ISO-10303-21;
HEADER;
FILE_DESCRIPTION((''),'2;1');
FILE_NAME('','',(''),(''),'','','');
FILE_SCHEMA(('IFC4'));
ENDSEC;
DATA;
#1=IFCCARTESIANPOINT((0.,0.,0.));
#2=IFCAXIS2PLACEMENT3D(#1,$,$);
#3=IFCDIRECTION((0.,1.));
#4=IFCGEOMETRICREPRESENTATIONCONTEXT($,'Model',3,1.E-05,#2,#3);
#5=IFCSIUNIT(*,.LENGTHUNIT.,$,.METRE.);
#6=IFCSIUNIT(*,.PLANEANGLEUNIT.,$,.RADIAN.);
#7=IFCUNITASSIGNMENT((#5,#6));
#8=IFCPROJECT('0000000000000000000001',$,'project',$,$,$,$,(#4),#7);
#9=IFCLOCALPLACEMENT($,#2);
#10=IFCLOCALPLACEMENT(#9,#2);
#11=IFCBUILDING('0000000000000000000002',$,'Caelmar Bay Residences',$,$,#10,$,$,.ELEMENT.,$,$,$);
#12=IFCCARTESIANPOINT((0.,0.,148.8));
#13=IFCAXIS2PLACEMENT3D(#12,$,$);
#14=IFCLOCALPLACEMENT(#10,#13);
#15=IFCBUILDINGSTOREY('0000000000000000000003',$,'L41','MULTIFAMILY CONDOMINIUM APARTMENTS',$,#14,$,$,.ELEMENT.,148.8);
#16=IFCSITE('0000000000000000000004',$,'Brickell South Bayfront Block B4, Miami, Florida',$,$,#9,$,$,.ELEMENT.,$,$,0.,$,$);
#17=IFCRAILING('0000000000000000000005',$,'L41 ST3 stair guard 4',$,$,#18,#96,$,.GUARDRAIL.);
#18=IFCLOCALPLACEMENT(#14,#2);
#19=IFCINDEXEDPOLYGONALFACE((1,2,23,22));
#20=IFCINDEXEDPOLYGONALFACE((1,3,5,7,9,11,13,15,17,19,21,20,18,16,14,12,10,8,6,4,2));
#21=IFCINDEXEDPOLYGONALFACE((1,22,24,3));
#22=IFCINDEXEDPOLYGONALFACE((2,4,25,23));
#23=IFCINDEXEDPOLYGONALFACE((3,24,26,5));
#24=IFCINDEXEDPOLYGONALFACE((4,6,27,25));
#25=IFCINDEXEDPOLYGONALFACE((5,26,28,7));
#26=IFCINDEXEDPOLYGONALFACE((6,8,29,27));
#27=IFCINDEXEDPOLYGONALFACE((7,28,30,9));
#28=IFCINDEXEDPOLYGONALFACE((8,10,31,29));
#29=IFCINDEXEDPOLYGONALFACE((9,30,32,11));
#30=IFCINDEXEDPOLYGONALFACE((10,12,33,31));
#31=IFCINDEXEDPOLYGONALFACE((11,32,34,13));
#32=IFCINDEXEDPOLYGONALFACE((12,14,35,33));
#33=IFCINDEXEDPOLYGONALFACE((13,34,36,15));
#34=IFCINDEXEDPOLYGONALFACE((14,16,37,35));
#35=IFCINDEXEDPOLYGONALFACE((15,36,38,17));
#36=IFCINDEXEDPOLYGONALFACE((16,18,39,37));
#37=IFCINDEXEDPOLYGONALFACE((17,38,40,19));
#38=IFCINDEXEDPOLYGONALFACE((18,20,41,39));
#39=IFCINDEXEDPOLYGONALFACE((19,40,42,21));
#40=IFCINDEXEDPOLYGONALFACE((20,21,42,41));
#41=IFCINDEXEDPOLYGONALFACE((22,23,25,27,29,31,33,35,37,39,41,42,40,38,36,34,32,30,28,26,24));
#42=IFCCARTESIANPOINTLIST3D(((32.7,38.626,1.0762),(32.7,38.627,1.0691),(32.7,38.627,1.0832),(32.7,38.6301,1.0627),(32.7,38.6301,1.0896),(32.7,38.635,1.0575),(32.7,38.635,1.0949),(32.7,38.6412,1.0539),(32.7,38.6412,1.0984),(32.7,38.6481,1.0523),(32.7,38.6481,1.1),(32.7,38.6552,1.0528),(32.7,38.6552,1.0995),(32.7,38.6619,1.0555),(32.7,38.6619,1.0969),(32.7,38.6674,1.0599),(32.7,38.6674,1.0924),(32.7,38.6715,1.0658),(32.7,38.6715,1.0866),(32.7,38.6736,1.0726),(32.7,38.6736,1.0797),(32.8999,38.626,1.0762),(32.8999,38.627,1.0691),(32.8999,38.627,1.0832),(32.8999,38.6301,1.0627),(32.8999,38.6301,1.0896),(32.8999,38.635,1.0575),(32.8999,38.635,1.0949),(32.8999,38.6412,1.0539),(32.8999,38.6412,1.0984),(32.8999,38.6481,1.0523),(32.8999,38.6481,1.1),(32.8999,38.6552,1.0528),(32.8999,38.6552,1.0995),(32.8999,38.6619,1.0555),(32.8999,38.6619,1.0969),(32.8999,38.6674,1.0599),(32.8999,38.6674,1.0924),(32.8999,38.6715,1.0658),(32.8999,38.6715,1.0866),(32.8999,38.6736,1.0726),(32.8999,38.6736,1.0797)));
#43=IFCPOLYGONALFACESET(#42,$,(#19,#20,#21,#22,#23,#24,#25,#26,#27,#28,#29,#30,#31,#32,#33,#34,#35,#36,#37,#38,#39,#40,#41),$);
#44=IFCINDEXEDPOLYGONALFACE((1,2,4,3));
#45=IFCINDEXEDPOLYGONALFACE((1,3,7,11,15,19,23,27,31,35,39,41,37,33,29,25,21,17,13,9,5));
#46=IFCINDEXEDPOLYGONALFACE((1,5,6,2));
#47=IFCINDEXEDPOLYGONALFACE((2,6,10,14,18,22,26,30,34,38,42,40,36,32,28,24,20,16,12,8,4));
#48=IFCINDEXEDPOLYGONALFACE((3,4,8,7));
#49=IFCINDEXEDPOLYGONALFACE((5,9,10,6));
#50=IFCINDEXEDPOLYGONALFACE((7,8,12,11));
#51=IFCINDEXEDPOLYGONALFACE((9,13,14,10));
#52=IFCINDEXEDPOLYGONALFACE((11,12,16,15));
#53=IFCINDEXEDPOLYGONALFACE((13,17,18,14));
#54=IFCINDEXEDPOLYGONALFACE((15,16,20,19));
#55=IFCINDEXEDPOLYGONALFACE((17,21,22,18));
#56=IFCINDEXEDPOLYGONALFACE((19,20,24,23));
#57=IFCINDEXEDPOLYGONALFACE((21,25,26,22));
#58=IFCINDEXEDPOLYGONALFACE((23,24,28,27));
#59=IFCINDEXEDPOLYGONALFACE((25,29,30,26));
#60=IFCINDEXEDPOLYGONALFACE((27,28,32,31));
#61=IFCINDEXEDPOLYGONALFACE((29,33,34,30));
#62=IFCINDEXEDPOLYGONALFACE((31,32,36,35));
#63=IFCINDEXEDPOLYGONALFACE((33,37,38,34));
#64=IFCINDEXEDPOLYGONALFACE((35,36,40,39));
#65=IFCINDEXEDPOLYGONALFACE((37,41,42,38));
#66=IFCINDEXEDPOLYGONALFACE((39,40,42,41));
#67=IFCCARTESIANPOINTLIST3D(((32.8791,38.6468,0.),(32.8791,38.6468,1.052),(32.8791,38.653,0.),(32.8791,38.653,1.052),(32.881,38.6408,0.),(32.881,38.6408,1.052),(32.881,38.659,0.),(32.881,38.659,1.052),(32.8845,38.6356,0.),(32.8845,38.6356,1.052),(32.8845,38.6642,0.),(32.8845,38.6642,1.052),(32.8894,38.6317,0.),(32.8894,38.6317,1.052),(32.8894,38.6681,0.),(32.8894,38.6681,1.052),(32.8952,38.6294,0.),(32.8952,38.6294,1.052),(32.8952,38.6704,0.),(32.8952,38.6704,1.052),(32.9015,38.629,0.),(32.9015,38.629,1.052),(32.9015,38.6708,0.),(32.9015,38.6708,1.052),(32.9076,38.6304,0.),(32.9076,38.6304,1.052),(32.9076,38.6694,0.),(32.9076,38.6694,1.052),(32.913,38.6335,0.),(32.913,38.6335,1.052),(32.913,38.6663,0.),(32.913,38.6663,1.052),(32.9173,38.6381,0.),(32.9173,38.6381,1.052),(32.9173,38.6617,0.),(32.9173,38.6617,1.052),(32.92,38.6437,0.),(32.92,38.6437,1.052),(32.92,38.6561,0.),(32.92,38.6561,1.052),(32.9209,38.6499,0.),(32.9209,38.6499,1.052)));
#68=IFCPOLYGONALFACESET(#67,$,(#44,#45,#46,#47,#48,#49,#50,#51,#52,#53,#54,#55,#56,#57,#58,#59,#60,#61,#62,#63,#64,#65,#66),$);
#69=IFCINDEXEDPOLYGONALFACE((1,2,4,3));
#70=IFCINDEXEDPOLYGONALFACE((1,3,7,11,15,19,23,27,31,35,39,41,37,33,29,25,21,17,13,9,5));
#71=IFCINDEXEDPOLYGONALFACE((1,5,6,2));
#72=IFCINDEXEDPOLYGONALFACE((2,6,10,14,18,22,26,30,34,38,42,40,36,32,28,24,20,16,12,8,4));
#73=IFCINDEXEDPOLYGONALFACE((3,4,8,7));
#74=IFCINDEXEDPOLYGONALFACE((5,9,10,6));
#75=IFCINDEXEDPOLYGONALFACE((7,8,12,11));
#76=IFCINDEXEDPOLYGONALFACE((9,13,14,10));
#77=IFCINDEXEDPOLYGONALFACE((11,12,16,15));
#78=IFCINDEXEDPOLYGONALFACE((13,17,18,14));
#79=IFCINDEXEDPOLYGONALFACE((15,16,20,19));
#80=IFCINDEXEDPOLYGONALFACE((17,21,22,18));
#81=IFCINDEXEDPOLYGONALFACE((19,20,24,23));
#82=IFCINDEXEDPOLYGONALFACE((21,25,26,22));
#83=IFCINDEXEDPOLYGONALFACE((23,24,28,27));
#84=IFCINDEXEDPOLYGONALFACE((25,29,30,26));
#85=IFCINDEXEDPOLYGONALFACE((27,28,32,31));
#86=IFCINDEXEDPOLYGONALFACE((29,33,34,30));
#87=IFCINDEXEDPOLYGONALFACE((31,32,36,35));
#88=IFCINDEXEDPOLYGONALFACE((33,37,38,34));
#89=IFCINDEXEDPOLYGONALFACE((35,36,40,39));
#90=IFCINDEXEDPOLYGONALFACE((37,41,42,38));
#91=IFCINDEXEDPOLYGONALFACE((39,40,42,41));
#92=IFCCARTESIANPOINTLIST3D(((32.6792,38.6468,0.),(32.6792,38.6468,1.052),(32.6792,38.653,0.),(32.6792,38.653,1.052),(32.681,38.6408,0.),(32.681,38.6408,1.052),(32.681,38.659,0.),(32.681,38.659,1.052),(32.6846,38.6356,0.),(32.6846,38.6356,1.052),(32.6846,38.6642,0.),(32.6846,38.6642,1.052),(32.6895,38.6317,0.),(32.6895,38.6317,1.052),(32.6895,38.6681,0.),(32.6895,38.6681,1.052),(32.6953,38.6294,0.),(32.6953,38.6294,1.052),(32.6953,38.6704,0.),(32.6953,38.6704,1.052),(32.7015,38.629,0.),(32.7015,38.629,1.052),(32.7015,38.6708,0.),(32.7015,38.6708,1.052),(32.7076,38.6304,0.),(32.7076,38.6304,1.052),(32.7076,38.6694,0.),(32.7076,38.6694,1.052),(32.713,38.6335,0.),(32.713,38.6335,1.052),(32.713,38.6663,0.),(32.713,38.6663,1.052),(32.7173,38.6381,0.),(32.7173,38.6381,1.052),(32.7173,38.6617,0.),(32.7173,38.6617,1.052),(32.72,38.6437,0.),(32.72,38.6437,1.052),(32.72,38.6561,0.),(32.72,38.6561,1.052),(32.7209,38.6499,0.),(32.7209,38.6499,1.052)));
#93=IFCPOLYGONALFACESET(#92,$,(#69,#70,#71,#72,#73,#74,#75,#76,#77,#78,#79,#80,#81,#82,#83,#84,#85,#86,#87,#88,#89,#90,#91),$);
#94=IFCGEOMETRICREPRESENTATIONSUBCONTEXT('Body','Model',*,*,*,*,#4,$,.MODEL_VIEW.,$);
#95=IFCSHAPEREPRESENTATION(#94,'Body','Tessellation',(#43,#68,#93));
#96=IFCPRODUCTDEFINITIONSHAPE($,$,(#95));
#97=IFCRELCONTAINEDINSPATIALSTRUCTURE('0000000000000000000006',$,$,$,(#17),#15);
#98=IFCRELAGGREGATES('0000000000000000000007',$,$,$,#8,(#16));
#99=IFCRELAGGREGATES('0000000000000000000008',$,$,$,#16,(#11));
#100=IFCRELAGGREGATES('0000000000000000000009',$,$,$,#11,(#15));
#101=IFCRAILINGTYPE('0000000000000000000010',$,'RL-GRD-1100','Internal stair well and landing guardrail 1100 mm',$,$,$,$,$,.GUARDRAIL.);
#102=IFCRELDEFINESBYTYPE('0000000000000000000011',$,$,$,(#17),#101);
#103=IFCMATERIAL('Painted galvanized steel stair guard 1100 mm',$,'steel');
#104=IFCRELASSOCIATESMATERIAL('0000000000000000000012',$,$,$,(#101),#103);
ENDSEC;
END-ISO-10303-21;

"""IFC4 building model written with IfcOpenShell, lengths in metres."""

from ifc_helpers import new_model, si_unit, direction, frame, origin, origin_2d, place, context, subcontext, project, spatial, circle, extrude, material, type_object, element, save


model = new_model("IFC4")

# Units and contexts
model_context = context("Model", 3, precision=1e-05, world=origin(), true_north=direction((0.0, 1.0)))
body_context = subcontext(model_context, "Body", "Model", "MODEL_VIEW")
ifc_project = project(units=[si_unit("LENGTHUNIT", "METRE"), si_unit("PLANEANGLEUNIT", "RADIAN")], contexts=[model_context])

# Site, building, storey
site_placement = place(None, origin())
site = spatial("IfcSite", under=ifc_project, at=site_placement, Name="Brickell South Bayfront Block B4, Miami, Florida", CompositionType="ELEMENT", RefElevation=0.0)
building_placement = place(site_placement, origin())
building = spatial("IfcBuilding", under=site, at=building_placement, Name="Caelmar Bay Residences", CompositionType="ELEMENT")
storey_placement = place(building_placement, frame((0.0, 0.0, 148.8)))
storey = spatial("IfcBuildingStorey", under=building, at=storey_placement, Name="L41", Description="MULTIFAMILY CONDOMINIUM APARTMENTS", CompositionType="ELEMENT", Elevation=148.8)

# Railing
ifc_material_1 = material(Name="Painted galvanized steel stair guard 1100 mm", Category="steel")
railing_type_1 = type_object("IfcRailingType", Name="RL-GRD-1100", Description="Internal stair well and landing guardrail 1100 mm", PredefinedType="GUARDRAIL", material=ifc_material_1)
railing_1_placement = place(storey_placement, frame((32.8999, 38.6499, 0.0)))
element("IfcRailing", 1, at=railing_1_placement, inside=storey, type_object=railing_type_1, Name="L41 ST3 stair guard 4", PredefinedType="GUARDRAIL", context=body_context, shape_type="SweptSolid", body=[
    extrude(circle(Radius=0.0239, at=origin_2d()), frame((0.0, 0.0, 1.0762), z_axis=(-1.0, 0.0, 0.0), x_axis=(0.0, -1.0, 0.0)), (0.0, 0.0, 1.0), 0.2),
    extrude(circle(Radius=0.021, at=origin_2d()), origin(), (0.0, 0.0, 1.0), 1.052),
    extrude(circle(Radius=0.021, at=origin_2d()), frame((-0.2, 0.0, 0.0)), (0.0, 0.0, 1.0), 1.052),
])

save(model, "model.ifc")
